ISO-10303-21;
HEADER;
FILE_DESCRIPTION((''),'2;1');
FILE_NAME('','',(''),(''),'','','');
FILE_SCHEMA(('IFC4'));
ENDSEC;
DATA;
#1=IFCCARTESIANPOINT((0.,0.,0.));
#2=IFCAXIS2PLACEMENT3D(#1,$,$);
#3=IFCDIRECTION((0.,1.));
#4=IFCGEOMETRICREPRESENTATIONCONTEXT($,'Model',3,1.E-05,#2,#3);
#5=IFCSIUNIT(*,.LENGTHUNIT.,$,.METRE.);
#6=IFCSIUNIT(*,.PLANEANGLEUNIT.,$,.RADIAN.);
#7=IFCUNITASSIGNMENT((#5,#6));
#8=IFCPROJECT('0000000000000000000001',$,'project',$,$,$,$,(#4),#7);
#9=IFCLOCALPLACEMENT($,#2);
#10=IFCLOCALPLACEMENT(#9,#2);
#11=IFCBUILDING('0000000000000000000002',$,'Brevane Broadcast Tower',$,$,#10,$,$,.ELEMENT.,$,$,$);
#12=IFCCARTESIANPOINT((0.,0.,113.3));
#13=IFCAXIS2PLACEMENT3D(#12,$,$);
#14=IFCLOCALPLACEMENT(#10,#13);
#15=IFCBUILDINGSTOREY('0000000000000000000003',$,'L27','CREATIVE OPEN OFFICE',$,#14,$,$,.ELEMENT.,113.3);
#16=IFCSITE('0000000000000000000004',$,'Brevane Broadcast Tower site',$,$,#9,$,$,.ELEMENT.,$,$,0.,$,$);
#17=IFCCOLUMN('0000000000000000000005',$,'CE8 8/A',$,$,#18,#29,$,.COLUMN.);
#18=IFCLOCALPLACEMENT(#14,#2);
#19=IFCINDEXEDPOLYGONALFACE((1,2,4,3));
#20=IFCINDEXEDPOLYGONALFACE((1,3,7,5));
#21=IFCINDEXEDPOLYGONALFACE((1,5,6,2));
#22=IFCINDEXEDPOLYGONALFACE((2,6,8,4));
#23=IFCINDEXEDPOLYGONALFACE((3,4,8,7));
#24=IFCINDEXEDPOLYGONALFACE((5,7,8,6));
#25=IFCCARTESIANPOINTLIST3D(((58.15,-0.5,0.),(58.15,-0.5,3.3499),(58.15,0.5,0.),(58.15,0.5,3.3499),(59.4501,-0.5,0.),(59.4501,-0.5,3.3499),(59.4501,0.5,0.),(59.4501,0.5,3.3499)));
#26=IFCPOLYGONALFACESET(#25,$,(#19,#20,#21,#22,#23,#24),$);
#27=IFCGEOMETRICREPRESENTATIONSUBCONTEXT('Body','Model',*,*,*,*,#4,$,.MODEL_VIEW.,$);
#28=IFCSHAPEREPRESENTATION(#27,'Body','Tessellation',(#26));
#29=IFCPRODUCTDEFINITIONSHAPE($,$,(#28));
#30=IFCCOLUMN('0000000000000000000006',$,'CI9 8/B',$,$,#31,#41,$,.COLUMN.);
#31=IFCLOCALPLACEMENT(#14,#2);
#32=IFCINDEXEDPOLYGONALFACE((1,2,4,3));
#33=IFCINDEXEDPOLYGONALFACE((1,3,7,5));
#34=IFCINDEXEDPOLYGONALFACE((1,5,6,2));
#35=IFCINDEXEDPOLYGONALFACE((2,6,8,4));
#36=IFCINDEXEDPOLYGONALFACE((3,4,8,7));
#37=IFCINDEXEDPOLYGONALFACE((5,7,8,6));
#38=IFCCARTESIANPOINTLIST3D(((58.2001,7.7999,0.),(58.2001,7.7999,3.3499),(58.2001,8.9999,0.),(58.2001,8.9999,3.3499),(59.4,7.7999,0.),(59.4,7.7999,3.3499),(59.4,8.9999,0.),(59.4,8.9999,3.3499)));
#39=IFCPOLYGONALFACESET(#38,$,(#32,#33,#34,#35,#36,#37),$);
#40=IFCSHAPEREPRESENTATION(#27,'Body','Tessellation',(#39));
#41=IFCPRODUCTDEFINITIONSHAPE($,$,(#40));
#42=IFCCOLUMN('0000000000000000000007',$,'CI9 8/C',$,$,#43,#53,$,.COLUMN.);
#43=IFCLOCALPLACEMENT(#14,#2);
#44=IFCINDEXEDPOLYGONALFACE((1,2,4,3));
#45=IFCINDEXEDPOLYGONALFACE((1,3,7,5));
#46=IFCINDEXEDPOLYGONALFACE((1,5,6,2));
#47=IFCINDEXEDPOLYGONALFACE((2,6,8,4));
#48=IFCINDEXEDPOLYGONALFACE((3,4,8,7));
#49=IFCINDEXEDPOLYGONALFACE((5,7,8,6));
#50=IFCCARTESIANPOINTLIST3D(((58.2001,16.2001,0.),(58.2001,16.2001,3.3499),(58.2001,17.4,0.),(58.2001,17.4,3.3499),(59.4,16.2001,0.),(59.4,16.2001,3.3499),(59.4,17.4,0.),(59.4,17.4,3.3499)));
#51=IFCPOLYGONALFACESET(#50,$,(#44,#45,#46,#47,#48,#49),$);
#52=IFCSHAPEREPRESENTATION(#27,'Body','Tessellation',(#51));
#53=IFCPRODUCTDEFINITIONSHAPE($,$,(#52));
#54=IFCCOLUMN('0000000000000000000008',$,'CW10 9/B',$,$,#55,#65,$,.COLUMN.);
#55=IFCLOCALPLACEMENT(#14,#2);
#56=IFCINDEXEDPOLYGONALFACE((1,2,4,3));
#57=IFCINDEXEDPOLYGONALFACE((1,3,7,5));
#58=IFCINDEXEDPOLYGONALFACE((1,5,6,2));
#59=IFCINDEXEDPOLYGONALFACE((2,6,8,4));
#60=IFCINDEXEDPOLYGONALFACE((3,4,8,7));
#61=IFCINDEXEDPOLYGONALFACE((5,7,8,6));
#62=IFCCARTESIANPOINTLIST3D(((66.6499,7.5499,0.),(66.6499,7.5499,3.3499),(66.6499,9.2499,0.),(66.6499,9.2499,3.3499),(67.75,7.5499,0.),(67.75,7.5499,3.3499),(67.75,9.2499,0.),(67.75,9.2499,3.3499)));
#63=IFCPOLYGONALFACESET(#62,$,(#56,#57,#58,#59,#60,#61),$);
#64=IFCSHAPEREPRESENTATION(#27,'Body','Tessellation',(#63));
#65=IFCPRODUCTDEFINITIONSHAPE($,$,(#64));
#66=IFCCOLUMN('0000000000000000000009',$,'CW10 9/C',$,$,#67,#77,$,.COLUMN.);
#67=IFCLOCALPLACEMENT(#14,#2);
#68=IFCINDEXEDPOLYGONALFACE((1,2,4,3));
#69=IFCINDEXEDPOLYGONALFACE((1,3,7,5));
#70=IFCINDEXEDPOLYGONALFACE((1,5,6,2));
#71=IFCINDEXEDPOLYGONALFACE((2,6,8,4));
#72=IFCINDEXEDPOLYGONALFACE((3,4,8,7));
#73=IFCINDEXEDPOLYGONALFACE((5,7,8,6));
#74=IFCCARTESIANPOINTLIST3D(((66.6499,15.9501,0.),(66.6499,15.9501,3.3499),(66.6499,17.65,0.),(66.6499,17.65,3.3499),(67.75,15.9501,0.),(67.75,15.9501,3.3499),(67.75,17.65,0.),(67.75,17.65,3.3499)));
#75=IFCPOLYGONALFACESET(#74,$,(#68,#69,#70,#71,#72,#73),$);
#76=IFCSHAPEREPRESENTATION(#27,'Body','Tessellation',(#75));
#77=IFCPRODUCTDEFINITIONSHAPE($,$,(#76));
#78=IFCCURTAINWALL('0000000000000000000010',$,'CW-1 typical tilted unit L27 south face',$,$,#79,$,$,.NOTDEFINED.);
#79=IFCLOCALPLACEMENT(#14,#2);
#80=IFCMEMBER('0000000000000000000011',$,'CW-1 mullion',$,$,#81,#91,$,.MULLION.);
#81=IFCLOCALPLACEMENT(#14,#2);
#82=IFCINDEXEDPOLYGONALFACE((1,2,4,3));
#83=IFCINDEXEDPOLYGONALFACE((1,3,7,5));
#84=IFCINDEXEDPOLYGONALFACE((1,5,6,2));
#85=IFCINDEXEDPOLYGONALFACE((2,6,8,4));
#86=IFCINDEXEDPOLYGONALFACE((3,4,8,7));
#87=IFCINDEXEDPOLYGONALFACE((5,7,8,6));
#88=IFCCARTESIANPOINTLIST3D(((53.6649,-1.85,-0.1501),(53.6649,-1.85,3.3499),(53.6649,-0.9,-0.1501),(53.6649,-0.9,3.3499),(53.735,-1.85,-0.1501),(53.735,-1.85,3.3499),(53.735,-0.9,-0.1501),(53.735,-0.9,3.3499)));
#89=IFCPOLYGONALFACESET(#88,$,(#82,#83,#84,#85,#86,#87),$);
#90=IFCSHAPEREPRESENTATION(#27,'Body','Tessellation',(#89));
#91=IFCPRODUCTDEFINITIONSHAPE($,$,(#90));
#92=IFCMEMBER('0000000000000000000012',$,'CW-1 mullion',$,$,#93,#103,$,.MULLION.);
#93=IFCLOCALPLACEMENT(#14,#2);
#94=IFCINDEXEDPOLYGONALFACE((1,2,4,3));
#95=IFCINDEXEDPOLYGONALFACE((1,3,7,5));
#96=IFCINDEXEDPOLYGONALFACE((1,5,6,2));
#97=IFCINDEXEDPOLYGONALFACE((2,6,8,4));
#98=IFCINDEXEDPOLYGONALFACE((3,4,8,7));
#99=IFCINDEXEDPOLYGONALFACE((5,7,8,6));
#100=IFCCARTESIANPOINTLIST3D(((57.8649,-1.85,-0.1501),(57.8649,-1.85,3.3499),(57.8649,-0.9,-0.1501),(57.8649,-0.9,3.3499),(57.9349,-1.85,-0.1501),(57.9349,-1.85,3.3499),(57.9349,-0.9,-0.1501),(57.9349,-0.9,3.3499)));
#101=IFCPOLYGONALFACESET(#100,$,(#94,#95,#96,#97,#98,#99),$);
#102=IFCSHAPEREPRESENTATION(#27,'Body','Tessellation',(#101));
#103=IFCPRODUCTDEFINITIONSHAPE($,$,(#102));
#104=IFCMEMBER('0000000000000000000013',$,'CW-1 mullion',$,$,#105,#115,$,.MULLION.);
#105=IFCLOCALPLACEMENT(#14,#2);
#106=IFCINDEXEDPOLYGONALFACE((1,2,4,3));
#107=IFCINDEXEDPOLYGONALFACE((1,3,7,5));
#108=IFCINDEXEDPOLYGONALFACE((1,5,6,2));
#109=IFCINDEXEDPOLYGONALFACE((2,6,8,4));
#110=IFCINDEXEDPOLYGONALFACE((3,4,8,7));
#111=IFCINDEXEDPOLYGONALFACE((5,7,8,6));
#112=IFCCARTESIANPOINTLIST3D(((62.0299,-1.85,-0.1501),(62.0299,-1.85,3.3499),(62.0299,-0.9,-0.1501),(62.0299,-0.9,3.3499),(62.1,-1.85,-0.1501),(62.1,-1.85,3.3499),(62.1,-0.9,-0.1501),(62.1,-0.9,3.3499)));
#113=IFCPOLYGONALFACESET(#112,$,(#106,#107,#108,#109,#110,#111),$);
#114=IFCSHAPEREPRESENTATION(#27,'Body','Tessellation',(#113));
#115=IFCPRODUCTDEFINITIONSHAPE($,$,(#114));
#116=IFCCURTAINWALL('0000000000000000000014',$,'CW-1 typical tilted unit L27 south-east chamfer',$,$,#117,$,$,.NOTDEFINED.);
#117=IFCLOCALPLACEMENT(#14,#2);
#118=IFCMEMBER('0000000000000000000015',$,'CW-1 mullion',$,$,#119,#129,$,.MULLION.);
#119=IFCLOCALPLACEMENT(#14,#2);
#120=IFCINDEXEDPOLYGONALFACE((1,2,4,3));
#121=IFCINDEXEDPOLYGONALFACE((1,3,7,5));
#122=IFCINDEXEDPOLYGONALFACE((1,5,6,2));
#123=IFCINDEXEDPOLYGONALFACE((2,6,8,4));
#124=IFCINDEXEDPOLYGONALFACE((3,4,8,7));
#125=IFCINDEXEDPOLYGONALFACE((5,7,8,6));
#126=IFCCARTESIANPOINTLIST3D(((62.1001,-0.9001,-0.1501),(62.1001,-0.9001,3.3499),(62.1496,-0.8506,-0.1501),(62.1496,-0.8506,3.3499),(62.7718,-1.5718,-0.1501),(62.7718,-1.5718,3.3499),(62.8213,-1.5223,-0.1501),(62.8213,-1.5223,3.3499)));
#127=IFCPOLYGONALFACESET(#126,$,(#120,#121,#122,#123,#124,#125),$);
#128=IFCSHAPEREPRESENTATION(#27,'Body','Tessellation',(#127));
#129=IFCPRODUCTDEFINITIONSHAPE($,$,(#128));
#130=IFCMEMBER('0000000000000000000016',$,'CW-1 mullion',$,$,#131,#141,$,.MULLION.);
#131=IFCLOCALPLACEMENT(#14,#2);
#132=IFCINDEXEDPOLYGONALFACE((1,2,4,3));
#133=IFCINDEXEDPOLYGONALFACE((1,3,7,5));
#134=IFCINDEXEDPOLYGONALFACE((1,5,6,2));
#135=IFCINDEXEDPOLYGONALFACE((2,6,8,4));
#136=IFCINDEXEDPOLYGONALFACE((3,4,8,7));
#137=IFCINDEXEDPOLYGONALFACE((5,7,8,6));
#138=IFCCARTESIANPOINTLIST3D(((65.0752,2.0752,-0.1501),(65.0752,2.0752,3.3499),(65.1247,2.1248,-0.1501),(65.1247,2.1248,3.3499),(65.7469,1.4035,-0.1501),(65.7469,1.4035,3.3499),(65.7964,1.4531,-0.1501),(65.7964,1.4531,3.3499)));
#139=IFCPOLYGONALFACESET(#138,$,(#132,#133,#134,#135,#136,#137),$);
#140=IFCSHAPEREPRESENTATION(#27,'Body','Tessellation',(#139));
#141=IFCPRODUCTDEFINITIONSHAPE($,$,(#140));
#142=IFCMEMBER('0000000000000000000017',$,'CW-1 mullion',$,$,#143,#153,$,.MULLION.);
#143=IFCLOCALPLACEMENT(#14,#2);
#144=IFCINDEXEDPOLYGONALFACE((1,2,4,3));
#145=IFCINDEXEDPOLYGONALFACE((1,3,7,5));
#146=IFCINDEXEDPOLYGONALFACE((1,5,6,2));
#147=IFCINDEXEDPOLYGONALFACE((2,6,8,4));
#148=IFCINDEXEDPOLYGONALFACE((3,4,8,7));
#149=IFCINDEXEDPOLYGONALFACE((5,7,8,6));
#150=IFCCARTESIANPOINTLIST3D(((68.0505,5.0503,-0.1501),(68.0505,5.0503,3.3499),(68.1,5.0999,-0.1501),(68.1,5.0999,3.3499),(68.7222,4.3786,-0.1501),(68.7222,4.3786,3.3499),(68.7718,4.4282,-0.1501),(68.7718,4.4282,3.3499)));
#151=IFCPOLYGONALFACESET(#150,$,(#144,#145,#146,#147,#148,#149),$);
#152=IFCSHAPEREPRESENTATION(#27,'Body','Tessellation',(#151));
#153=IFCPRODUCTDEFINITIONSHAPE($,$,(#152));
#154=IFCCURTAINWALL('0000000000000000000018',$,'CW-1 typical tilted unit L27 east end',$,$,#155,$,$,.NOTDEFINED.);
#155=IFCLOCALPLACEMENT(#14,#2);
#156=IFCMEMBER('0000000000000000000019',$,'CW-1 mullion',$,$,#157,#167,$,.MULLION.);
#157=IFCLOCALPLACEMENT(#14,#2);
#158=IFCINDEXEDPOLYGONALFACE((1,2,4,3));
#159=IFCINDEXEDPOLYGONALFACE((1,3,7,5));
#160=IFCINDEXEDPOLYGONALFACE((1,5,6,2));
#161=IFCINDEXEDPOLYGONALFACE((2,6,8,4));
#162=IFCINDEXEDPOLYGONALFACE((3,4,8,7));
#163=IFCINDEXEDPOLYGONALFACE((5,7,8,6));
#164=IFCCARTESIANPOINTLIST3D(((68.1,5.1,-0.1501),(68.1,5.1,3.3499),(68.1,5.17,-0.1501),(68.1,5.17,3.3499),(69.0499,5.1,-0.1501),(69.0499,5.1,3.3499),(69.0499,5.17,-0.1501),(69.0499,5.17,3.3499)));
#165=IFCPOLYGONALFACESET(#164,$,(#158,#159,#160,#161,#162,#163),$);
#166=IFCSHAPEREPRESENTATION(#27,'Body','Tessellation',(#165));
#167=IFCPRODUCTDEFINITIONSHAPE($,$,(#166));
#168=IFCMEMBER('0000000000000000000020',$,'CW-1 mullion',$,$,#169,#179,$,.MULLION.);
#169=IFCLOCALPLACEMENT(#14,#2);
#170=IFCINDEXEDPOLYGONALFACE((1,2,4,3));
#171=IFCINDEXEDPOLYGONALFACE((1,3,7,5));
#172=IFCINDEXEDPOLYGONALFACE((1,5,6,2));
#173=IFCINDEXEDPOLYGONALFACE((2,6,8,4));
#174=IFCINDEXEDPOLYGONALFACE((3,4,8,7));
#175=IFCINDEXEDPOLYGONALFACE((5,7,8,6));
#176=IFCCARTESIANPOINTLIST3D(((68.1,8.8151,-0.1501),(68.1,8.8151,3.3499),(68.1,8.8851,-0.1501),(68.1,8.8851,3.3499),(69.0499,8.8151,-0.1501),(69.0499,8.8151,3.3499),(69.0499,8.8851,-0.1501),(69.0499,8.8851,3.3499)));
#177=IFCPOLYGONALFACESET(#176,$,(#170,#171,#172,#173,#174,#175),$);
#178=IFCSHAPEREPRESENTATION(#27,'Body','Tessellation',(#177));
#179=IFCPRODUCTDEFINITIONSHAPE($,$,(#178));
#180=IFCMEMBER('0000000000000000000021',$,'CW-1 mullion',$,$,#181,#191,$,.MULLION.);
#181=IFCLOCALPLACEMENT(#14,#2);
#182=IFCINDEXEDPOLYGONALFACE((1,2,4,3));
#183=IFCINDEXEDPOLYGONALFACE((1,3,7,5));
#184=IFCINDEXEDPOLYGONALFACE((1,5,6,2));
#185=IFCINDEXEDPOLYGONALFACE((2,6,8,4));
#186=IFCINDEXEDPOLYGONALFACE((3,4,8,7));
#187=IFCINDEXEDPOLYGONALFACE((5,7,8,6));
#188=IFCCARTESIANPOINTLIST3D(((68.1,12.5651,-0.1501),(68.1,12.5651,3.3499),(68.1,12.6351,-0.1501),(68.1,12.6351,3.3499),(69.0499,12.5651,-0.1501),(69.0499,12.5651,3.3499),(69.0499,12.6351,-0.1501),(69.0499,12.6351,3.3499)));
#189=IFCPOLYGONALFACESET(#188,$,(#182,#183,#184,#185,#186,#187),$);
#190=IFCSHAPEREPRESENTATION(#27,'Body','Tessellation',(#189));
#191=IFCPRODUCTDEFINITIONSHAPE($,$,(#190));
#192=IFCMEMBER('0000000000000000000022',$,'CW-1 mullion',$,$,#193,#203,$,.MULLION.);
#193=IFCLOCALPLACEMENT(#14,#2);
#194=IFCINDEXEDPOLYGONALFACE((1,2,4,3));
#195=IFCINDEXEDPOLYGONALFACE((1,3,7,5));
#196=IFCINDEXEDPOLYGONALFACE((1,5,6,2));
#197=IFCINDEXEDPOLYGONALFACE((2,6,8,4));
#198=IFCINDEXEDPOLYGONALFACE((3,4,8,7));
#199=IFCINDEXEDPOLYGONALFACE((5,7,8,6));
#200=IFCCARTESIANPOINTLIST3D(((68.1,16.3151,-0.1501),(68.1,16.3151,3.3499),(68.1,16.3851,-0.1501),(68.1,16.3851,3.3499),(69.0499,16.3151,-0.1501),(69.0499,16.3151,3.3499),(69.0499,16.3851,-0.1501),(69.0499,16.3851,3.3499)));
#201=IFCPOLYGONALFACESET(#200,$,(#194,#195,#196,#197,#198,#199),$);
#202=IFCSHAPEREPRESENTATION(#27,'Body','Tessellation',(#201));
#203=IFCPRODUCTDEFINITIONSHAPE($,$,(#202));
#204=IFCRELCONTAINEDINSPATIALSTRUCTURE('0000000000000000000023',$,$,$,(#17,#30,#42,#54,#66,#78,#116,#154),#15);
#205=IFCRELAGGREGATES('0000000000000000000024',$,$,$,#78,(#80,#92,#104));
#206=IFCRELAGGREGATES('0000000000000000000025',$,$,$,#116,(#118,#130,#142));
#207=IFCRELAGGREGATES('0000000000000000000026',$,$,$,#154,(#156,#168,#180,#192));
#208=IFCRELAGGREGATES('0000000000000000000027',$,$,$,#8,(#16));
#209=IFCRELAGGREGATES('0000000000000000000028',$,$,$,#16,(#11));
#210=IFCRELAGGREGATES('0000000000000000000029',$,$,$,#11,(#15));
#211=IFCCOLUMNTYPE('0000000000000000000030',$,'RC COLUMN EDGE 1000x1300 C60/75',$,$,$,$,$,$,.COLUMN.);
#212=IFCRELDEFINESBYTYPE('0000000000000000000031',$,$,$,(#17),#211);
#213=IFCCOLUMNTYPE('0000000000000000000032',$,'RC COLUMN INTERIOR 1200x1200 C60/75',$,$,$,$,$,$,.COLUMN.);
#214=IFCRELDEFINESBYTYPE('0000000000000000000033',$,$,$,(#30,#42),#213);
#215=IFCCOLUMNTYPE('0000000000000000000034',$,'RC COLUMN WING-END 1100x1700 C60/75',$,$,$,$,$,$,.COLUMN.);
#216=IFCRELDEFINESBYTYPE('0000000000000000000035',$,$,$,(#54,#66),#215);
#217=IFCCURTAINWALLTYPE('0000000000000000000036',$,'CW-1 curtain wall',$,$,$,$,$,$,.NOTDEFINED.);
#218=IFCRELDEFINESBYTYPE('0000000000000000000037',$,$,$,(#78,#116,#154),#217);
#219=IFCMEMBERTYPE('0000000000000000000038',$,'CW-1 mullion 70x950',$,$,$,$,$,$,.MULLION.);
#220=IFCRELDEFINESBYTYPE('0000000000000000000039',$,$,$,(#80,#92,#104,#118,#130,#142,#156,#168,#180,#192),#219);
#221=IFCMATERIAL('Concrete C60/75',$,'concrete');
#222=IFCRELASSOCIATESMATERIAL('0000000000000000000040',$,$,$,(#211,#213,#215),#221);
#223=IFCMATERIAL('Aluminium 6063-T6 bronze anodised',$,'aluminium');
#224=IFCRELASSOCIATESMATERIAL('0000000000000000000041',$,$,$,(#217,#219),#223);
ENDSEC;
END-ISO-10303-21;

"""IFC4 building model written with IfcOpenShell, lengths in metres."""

from ifc_helpers import new_model, si_unit, direction, frame, origin, origin_2d, place, context, subcontext, project, spatial, rectangle, extrude, material, material_profile, profile_set, type_object, element, aggregate, save


model = new_model("IFC4")

# Units and contexts
model_context = context("Model", 3, precision=1e-05, world=origin(), true_north=direction((0.0, 1.0)))
body_context = subcontext(model_context, "Body", "Model", "MODEL_VIEW")
ifc_project = project(units=[si_unit("LENGTHUNIT", "METRE"), si_unit("PLANEANGLEUNIT", "RADIAN")], contexts=[model_context])

# Site, building, storey
site_placement = place(None, origin())
site = spatial("IfcSite", under=ifc_project, at=site_placement, Name="Brevane Broadcast Tower site", CompositionType="ELEMENT", RefElevation=0.0)
building_placement = place(site_placement, origin())
building = spatial("IfcBuilding", under=site, at=building_placement, Name="Brevane Broadcast Tower", CompositionType="ELEMENT")
storey_placement = place(building_placement, frame((0.0, 0.0, 113.3)))
storey = spatial("IfcBuildingStorey", under=building, at=storey_placement, Name="L27", Description="CREATIVE OPEN OFFICE", CompositionType="ELEMENT", Elevation=113.3)

# Columns
ifc_material_1 = material(Name="Concrete C60/75", Category="concrete")
ifc_material_profile_1 = material_profile(ifc_material_1, rectangle(XDim=1.0, YDim=1.3, at=origin_2d()), Name="RC 1000x1300")
ifc_profile_set_1 = profile_set([ifc_material_profile_1], Name="Concrete C60/75")
column_type_1 = type_object("IfcColumnType", Name="RC COLUMN EDGE 1000x1300 C60/75", PredefinedType="COLUMN", material=ifc_profile_set_1)
column_placement = place(storey_placement, frame((58.8, 0.0, 0.0), z_axis=(0.0, 0.0, 1.0), x_axis=(0.0, 1.0, 0.0)))
element("IfcColumn", 1, at=column_placement, inside=storey, type_object=column_type_1, Name="CE8 8/A", PredefinedType="COLUMN", context=body_context, shape_type="SweptSolid", body=[
    extrude(rectangle(XDim=1.0, YDim=1.3, at=origin_2d()), origin(), (0.0, 0.0, 1.0), 3.3499),
])
ifc_material_profile_2 = material_profile(ifc_material_1, rectangle(XDim=1.2, YDim=1.2, at=origin_2d()), Name="RC 1200x1200")
ifc_profile_set_2 = profile_set([ifc_material_profile_2], Name="Concrete C60/75")
column_type_2 = type_object("IfcColumnType", Name="RC COLUMN INTERIOR 1200x1200 C60/75", PredefinedType="COLUMN", material=ifc_profile_set_2)
for number, where, z_axis, x_axis, name in (
    (2, (58.8, 8.3999, 0.0), (0.0, 0.0, 1.0), (1.0, 0.0, 0.0), "CI9 8/B"),
    (3, (58.8, 16.8, 0.0), (0.0, 0.0, 1.0), (1.0, 0.0, 0.0), "CI9 8/C"),
):
    element("IfcColumn", number, at=place(storey_placement, frame(where, z_axis=z_axis, x_axis=x_axis)), inside=storey, type_object=column_type_2, Name=name, PredefinedType="COLUMN", context=body_context, shape_type="SweptSolid", body=[
        extrude(rectangle(XDim=1.2, YDim=1.2, at=origin_2d()), origin(), (0.0, 0.0, 1.0), 3.3499),
    ])
ifc_material_profile_3 = material_profile(ifc_material_1, rectangle(XDim=1.1001, YDim=1.7, at=origin_2d()), Name="RC 1100x1700")
ifc_profile_set_3 = profile_set([ifc_material_profile_3], Name="Concrete C60/75")
column_type_3 = type_object("IfcColumnType", Name="RC COLUMN WING-END 1100x1700 C60/75", PredefinedType="COLUMN", material=ifc_profile_set_3)
for number, where, z_axis, x_axis, name in (
    (4, (67.2, 8.3999, 0.0), (0.0, 0.0, 1.0), (1.0, 0.0, 0.0), "CW10 9/B"),
    (5, (67.2, 16.8, 0.0), (0.0, 0.0, 1.0), (1.0, 0.0, 0.0), "CW10 9/C"),
):
    element("IfcColumn", number, at=place(storey_placement, frame(where, z_axis=z_axis, x_axis=x_axis)), inside=storey, type_object=column_type_3, Name=name, PredefinedType="COLUMN", context=body_context, shape_type="SweptSolid", body=[
        extrude(rectangle(XDim=1.1001, YDim=1.7, at=origin_2d()), origin(), (0.0, 0.0, 1.0), 3.3499),
    ])

# Curtain walls, members
ifc_material_2 = material(Name="Aluminium 6063-T6 bronze anodised", Category="aluminium")
curtain_wall_type = type_object("IfcCurtainWallType", Name="CW-1 curtain wall", PredefinedType="NOTDEFINED", material=ifc_material_2)
curtain_wall_1_placement = place(storey_placement, origin())
curtain_wall_1 = element("IfcCurtainWall", 6, at=curtain_wall_1_placement, inside=storey, type_object=curtain_wall_type, Name="CW-1 typical tilted unit L27 south face", PredefinedType="NOTDEFINED")
ifc_material_profile_4 = material_profile(ifc_material_2, rectangle(XDim=0.95, YDim=0.0701, at=origin_2d()), Name="RECT 70x950")
ifc_profile_set_4 = profile_set([ifc_material_profile_4], Name="Aluminium 6063-T6 bronze anodised")
member_type_1 = type_object("IfcMemberType", Name="CW-1 mullion 70x950", PredefinedType="MULLION", material=ifc_profile_set_4)
member_1_placement = place(storey_placement, frame((53.7, -1.375, -0.1501), z_axis=(0.0, 0.0, 1.0), x_axis=(0.0, 1.0, 0.0)))
member_1 = element("IfcMember", 7, at=member_1_placement, type_object=member_type_1, Name="CW-1 mullion", PredefinedType="MULLION", context=body_context, shape_type="SweptSolid", body=[
    extrude(rectangle(XDim=0.95, YDim=0.0701, at=origin_2d()), origin(), (0.0, 0.0, 1.0), 3.5),
])
member_2_placement = place(storey_placement, frame((57.8999, -1.375, -0.1501), z_axis=(0.0, 0.0, 1.0), x_axis=(0.0, 1.0, 0.0)))
member_2 = element("IfcMember", 8, at=member_2_placement, type_object=member_type_1, Name="CW-1 mullion", PredefinedType="MULLION", context=body_context, shape_type="SweptSolid", body=[
    extrude(rectangle(XDim=0.95, YDim=0.0701, at=origin_2d()), origin(), (0.0, 0.0, 1.0), 3.5),
])
member_3_placement = place(storey_placement, frame((62.0649, -1.375, -0.1501), z_axis=(0.0, 0.0, 1.0), x_axis=(0.0, 1.0, 0.0)))
member_3 = element("IfcMember", 9, at=member_3_placement, type_object=member_type_1, Name="CW-1 mullion", PredefinedType="MULLION", context=body_context, shape_type="SweptSolid", body=[
    extrude(rectangle(XDim=0.95, YDim=0.0701, at=origin_2d()), origin(), (0.0, 0.0, 1.0), 3.5),
])
aggregate(curtain_wall_1, [member_1, member_2, member_3])
curtain_wall_2_placement = place(storey_placement, origin())
curtain_wall_2 = element("IfcCurtainWall", 10, at=curtain_wall_2_placement, inside=storey, type_object=curtain_wall_type, Name="CW-1 typical tilted unit L27 south-east chamfer", PredefinedType="NOTDEFINED")
member_4_placement = place(storey_placement, frame((62.4607, -1.2112, -0.1501), z_axis=(0.0, 0.0, 1.0), x_axis=(-0.707107, 0.707107, 0.0)))
member_4 = element("IfcMember", 11, at=member_4_placement, type_object=member_type_1, Name="CW-1 mullion", PredefinedType="MULLION", context=body_context, shape_type="SweptSolid", body=[
    extrude(rectangle(XDim=0.95, YDim=0.0701, at=origin_2d()), origin(), (0.0, 0.0, 1.0), 3.5),
])
member_5_placement = place(storey_placement, frame((65.4358, 1.7642, -0.1501), z_axis=(0.0, 0.0, 1.0), x_axis=(-0.707107, 0.707107, 0.0)))
member_5 = element("IfcMember", 12, at=member_5_placement, type_object=member_type_1, Name="CW-1 mullion", PredefinedType="MULLION", context=body_context, shape_type="SweptSolid", body=[
    extrude(rectangle(XDim=0.95, YDim=0.0701, at=origin_2d()), origin(), (0.0, 0.0, 1.0), 3.5),
])
member_6_placement = place(storey_placement, frame((68.4111, 4.7393, -0.1501), z_axis=(0.0, 0.0, 1.0), x_axis=(-0.707107, 0.707107, 0.0)))
member_6 = element("IfcMember", 13, at=member_6_placement, type_object=member_type_1, Name="CW-1 mullion", PredefinedType="MULLION", context=body_context, shape_type="SweptSolid", body=[
    extrude(rectangle(XDim=0.95, YDim=0.0701, at=origin_2d()), origin(), (0.0, 0.0, 1.0), 3.5),
])
curtain_wall_3_placement = place(storey_placement, origin())
curtain_wall_3 = element("IfcCurtainWall", 14, at=curtain_wall_3_placement, inside=storey, type_object=curtain_wall_type, Name="CW-1 typical tilted unit L27 east end", PredefinedType="NOTDEFINED")
member_7_placement = place(storey_placement, frame((68.575, 5.135, -0.1501), z_axis=(0.0, 0.0, 1.0), x_axis=(-1.0, 0.0, 0.0)))
member_7 = element("IfcMember", 15, at=member_7_placement, type_object=member_type_1, Name="CW-1 mullion", PredefinedType="MULLION", context=body_context, shape_type="SweptSolid", body=[
    extrude(rectangle(XDim=0.95, YDim=0.0701, at=origin_2d()), origin(), (0.0, 0.0, 1.0), 3.5),
])
member_8_placement = place(storey_placement, frame((68.575, 8.8501, -0.1501), z_axis=(0.0, 0.0, 1.0), x_axis=(-1.0, 0.0, 0.0)))
member_8 = element("IfcMember", 16, at=member_8_placement, type_object=member_type_1, Name="CW-1 mullion", PredefinedType="MULLION", context=body_context, shape_type="SweptSolid", body=[
    extrude(rectangle(XDim=0.95, YDim=0.0701, at=origin_2d()), origin(), (0.0, 0.0, 1.0), 3.5),
])
member_9_placement = place(storey_placement, frame((68.575, 12.6001, -0.1501), z_axis=(0.0, 0.0, 1.0), x_axis=(-1.0, 0.0, 0.0)))
member_9 = element("IfcMember", 17, at=member_9_placement, type_object=member_type_1, Name="CW-1 mullion", PredefinedType="MULLION", context=body_context, shape_type="SweptSolid", body=[
    extrude(rectangle(XDim=0.95, YDim=0.0701, at=origin_2d()), origin(), (0.0, 0.0, 1.0), 3.5),
])
member_10_placement = place(storey_placement, frame((68.575, 16.3501, -0.1501), z_axis=(0.0, 0.0, 1.0), x_axis=(-1.0, 0.0, 0.0)))
member_10 = element("IfcMember", 18, at=member_10_placement, type_object=member_type_1, Name="CW-1 mullion", PredefinedType="MULLION", context=body_context, shape_type="SweptSolid", body=[
    extrude(rectangle(XDim=0.95, YDim=0.0701, at=origin_2d()), origin(), (0.0, 0.0, 1.0), 3.5),
])

aggregate(curtain_wall_2, [member_4, member_5, member_6])
aggregate(curtain_wall_3, [member_7, member_8, member_9, member_10])

save(model, "model.ifc")
